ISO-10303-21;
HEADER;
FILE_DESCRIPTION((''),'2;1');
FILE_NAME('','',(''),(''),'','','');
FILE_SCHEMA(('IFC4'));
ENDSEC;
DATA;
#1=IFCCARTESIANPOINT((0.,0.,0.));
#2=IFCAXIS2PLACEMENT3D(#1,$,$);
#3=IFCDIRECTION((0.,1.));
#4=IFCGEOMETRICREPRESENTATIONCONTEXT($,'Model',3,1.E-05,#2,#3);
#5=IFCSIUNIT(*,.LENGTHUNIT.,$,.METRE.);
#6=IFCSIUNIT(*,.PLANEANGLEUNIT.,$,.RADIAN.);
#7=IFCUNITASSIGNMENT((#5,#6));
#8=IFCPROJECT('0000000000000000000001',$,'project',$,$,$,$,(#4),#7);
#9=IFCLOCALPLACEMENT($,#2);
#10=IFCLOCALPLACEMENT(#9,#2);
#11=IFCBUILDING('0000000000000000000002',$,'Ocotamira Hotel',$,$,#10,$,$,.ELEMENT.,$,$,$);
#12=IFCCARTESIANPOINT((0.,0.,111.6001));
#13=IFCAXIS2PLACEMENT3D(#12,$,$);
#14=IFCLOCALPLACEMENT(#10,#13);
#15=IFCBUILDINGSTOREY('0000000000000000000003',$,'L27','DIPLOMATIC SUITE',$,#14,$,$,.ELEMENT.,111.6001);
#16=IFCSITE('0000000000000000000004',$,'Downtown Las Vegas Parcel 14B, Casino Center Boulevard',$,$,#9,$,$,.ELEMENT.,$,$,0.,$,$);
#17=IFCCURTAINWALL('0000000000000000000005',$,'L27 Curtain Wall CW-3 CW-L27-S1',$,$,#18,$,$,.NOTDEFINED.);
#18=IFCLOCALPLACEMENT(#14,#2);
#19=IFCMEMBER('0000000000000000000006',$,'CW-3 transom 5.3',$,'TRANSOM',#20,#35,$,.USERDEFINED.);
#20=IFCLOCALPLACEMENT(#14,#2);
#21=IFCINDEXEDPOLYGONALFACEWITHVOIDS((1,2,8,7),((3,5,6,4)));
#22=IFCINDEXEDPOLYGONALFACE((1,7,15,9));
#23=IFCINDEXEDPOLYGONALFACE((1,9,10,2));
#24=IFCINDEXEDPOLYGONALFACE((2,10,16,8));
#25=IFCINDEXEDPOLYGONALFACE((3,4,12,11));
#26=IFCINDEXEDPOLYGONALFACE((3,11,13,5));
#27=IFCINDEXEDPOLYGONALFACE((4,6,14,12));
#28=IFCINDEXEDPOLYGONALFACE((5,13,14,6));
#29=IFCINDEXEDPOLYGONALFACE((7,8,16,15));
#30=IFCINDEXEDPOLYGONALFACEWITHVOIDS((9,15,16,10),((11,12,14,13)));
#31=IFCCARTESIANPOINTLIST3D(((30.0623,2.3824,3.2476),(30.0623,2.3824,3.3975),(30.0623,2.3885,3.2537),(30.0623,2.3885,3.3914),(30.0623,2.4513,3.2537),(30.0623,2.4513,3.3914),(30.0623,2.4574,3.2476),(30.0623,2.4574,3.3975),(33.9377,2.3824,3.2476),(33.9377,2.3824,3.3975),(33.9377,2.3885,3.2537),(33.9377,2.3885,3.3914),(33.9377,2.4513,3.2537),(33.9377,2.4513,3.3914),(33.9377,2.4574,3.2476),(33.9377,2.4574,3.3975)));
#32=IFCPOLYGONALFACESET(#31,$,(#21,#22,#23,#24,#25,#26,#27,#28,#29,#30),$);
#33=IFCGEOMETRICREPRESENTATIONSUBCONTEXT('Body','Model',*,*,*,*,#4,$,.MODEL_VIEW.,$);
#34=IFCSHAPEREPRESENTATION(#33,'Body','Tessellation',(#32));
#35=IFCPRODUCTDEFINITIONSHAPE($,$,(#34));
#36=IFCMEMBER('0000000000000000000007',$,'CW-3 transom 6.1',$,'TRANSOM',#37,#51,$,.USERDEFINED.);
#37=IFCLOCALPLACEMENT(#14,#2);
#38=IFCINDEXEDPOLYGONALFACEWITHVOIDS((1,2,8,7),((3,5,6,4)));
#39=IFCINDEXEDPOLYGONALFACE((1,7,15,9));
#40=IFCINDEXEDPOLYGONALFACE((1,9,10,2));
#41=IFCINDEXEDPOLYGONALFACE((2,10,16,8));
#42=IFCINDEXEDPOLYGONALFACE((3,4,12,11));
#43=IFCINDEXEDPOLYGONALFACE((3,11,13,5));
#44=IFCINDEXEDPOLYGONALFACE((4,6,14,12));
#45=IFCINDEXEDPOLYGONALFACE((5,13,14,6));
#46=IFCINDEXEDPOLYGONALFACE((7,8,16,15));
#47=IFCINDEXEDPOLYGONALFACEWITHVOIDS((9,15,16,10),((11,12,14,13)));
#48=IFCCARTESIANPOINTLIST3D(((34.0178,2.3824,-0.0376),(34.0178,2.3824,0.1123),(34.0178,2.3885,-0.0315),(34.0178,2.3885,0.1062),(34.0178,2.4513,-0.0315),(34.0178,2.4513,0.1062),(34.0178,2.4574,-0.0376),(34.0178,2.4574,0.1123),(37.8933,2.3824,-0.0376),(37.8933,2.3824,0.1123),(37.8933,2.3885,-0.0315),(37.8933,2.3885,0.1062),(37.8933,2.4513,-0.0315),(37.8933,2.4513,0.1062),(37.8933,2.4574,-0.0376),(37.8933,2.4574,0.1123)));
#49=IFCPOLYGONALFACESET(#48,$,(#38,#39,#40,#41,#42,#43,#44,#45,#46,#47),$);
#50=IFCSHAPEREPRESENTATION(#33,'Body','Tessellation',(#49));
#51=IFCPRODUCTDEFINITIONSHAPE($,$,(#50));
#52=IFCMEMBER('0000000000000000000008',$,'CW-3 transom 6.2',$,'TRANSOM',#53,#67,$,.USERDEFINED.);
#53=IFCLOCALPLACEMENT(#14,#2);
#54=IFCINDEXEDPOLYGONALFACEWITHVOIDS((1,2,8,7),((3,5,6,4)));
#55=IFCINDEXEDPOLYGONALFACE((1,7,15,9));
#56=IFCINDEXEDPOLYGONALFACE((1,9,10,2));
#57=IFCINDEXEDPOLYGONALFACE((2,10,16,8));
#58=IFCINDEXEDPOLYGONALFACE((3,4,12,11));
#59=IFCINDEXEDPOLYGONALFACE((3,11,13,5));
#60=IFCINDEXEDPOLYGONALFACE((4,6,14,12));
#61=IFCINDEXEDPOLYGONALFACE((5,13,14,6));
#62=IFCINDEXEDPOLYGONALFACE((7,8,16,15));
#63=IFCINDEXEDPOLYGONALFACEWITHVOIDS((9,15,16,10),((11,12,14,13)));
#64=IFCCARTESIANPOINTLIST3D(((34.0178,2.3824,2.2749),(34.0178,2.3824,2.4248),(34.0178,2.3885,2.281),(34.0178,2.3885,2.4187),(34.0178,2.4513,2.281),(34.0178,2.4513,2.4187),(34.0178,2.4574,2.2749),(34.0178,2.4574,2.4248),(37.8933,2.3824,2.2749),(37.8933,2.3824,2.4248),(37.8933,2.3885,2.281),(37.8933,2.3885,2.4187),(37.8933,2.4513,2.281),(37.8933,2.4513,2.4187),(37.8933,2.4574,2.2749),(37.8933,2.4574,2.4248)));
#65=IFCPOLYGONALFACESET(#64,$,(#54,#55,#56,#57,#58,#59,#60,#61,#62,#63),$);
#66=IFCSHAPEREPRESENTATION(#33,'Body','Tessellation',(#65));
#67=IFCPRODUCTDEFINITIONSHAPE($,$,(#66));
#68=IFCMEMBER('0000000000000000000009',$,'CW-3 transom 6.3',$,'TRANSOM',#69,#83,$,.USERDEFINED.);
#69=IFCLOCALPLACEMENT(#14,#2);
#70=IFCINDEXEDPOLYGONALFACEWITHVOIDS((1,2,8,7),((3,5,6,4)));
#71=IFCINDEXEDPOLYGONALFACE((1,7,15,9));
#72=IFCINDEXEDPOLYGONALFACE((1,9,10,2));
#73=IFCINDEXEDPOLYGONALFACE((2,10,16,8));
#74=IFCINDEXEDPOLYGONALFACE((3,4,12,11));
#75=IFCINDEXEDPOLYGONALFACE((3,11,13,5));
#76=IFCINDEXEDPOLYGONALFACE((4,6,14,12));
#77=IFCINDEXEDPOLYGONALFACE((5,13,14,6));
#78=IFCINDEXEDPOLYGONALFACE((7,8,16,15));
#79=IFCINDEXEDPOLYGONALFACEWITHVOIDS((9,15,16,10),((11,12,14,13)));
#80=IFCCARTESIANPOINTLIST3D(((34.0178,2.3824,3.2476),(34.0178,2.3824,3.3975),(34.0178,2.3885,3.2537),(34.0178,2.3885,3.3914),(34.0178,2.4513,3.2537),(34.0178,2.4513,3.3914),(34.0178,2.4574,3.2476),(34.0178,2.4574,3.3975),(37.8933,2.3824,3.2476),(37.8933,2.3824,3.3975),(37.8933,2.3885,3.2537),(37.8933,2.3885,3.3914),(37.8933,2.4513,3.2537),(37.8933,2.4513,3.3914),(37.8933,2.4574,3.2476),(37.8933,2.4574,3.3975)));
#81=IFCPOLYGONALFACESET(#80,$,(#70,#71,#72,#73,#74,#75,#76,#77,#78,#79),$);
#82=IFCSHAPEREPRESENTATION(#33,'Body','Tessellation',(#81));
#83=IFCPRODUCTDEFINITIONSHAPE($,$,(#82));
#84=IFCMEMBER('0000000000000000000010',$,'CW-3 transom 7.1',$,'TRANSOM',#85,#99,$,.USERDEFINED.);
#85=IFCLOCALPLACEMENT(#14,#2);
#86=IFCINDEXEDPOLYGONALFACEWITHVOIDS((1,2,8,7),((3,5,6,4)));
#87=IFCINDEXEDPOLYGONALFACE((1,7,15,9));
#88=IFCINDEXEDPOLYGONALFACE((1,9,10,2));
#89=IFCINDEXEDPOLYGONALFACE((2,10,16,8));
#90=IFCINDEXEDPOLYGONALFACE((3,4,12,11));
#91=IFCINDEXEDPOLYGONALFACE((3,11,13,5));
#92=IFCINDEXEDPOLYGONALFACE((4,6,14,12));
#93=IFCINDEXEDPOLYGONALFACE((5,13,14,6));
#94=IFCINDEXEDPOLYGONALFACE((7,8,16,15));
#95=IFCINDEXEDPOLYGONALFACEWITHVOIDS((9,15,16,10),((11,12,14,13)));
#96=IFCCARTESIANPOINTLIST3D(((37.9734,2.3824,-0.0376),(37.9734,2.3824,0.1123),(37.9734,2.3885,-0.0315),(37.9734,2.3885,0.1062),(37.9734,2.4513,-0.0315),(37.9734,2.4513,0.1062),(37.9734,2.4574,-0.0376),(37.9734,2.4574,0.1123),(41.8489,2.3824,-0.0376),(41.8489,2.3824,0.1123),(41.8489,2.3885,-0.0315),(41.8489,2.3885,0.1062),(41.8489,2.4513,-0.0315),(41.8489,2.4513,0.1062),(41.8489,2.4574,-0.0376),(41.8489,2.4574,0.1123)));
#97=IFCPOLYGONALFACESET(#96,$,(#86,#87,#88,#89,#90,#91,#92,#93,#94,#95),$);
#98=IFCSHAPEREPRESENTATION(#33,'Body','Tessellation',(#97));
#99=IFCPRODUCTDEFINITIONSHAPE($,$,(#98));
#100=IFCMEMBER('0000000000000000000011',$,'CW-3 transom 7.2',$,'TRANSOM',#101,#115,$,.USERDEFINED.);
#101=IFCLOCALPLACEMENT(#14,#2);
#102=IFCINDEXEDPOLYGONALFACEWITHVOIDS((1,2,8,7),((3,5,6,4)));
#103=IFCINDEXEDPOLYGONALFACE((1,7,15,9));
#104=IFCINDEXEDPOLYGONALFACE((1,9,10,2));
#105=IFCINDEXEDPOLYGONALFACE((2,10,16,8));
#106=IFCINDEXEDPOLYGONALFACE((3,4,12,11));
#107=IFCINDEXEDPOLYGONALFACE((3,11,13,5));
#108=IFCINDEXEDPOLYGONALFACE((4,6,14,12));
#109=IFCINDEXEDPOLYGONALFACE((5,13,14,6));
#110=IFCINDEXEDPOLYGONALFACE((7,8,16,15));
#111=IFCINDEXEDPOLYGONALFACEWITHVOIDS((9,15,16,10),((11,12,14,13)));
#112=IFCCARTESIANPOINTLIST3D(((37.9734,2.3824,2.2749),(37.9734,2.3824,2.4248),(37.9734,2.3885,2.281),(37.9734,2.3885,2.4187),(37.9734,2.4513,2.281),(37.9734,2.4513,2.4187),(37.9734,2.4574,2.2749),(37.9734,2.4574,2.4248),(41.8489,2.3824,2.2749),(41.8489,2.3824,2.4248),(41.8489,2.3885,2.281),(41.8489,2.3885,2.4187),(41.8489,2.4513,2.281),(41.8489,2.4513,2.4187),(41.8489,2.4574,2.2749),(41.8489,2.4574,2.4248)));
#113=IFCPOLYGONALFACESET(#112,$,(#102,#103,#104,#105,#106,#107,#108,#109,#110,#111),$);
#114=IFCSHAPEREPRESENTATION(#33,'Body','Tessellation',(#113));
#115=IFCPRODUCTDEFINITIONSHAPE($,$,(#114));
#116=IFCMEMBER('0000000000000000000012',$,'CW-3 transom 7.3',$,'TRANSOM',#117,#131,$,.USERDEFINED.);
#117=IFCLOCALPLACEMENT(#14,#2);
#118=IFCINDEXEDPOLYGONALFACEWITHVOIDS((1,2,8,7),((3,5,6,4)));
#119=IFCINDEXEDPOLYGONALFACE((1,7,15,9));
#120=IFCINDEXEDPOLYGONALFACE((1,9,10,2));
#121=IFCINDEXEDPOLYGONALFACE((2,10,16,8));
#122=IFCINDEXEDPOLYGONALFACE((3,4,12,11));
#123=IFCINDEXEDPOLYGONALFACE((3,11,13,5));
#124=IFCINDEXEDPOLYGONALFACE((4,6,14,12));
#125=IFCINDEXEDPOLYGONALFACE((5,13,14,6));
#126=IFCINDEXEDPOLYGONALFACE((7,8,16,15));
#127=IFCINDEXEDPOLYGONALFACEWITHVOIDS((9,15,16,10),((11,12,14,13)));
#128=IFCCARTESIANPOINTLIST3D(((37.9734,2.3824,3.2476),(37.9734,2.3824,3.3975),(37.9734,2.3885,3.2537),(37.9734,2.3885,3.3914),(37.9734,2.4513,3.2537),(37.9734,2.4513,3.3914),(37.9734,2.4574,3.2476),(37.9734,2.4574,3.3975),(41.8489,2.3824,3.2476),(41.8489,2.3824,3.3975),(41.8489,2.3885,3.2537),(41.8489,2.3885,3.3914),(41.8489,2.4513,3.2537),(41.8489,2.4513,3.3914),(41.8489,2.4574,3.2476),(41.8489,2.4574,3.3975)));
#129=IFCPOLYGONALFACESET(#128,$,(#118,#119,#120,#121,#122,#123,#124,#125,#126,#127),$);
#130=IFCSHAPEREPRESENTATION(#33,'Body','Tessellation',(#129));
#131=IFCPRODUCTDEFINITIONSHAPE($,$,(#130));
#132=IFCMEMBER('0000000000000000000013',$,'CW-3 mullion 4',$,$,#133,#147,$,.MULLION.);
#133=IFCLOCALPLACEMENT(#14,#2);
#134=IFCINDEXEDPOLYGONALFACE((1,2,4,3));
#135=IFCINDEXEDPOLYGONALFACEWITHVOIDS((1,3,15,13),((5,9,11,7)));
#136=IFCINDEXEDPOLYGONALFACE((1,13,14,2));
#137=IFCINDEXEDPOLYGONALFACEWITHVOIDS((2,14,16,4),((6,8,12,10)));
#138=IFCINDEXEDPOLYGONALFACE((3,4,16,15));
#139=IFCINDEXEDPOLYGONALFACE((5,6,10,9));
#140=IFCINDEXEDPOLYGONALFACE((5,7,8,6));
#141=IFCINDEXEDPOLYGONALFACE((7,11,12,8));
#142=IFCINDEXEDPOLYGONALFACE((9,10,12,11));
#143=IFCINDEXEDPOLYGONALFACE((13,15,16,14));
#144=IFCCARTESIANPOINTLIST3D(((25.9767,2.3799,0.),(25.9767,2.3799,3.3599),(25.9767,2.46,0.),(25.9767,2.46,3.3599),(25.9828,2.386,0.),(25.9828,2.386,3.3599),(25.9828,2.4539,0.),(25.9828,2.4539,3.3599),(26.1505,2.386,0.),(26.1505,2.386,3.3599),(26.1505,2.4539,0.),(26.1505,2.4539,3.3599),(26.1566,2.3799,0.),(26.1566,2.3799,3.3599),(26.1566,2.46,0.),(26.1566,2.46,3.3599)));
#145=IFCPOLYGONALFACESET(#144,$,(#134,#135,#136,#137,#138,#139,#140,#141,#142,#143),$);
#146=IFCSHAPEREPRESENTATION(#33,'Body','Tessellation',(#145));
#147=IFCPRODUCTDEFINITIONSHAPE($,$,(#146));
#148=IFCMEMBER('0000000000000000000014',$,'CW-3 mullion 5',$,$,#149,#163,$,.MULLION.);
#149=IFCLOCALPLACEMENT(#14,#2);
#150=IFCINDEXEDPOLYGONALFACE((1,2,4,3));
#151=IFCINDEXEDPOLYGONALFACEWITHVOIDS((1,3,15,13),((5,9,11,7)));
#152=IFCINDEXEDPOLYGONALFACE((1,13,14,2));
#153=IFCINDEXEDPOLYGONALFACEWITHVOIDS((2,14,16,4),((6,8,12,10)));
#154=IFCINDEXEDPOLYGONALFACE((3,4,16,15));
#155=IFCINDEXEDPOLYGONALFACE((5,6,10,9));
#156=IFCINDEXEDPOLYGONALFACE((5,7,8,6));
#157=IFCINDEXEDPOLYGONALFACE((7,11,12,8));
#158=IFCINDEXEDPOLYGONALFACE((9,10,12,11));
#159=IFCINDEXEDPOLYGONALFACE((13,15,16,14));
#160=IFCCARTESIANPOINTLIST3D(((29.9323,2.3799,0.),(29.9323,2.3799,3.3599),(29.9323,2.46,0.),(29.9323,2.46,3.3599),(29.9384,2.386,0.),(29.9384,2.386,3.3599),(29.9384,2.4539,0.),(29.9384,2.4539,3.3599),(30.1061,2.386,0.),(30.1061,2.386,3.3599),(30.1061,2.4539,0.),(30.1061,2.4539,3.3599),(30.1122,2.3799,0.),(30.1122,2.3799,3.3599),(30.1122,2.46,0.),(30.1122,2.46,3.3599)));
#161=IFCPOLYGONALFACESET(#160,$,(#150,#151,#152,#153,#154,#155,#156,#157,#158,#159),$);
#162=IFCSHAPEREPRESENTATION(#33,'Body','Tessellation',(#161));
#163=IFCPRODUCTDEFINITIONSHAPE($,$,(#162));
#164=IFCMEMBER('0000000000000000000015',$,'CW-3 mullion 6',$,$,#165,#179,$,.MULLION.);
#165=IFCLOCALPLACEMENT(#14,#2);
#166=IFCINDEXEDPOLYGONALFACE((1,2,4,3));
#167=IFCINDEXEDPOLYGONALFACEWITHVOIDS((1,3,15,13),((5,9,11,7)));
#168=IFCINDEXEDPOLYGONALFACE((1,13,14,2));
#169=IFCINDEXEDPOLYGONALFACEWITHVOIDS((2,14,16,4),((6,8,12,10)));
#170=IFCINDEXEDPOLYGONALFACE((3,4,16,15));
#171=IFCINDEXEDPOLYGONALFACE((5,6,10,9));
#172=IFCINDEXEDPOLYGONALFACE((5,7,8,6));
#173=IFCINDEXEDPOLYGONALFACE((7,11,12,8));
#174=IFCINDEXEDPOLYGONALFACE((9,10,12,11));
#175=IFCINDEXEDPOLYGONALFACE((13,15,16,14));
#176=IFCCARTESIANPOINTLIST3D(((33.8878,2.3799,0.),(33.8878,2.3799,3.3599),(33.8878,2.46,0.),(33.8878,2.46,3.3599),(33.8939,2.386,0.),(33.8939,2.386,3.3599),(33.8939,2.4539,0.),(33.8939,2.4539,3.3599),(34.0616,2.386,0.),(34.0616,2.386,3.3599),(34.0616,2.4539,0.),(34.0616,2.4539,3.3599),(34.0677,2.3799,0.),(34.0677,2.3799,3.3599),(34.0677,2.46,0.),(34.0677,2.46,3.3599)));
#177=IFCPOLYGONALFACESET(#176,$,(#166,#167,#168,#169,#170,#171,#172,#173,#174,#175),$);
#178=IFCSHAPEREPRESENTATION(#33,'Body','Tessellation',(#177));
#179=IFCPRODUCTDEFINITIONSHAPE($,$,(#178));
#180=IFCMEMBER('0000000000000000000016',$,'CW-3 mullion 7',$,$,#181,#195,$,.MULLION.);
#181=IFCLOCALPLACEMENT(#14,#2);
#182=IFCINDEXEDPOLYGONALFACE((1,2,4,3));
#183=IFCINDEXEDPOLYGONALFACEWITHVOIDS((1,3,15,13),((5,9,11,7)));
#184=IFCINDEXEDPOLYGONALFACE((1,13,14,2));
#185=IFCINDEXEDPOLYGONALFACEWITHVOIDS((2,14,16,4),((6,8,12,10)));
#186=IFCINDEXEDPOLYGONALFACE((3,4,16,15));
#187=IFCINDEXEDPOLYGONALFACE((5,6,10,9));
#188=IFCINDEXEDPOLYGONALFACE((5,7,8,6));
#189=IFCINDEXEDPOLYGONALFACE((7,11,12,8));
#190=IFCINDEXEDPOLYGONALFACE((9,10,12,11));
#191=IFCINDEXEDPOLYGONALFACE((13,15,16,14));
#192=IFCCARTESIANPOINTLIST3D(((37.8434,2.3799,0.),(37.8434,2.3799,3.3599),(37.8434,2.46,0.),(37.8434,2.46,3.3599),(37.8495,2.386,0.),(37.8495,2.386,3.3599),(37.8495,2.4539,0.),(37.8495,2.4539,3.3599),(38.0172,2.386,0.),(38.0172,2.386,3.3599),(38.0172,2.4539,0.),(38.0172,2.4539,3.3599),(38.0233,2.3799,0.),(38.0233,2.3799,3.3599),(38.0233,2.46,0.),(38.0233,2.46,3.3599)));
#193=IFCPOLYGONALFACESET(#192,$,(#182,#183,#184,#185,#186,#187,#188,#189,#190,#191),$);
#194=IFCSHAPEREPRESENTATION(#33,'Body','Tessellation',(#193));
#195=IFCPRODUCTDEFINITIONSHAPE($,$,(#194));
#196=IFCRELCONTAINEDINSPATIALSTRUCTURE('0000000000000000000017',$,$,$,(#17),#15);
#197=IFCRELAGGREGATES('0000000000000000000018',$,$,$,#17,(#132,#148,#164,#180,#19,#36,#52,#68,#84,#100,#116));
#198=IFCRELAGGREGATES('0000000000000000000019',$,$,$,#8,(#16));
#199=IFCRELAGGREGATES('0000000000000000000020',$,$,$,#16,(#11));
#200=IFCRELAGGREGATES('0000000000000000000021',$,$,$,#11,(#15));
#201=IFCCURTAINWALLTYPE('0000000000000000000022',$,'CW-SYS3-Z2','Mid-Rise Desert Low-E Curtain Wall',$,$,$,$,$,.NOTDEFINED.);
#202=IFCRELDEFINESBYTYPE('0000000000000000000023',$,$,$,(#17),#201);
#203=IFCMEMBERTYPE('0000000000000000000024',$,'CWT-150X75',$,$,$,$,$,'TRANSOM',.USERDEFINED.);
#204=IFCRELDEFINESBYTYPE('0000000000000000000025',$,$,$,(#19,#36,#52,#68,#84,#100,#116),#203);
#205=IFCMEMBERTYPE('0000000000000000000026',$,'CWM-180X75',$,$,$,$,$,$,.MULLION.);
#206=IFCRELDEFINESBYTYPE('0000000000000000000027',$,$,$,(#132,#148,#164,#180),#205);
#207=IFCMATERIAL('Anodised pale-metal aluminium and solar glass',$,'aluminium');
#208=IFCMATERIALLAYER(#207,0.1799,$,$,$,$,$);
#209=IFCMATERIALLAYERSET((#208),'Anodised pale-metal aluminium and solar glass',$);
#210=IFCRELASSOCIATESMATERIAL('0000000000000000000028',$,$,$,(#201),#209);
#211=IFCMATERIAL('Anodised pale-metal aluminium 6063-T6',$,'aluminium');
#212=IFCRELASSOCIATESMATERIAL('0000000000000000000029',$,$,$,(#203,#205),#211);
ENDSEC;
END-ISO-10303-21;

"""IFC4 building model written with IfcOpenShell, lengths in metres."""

from ifc_helpers import new_model, si_unit, direction, frame, origin, origin_2d, place, context, subcontext, project, spatial, hollow_rectangle, extrude, source, transform, mapped, material, layer, layer_set, material_profile, profile_set, type_object, element, aggregate, save


model = new_model("IFC4")

# Units and contexts
model_context = context("Model", 3, precision=1e-05, world=origin(), true_north=direction((0.0, 1.0)))
body_context = subcontext(model_context, "Body", "Model", "MODEL_VIEW")
ifc_project = project(units=[si_unit("LENGTHUNIT", "METRE"), si_unit("PLANEANGLEUNIT", "RADIAN")], contexts=[model_context])

# Site, building, storey
site_placement = place(None, origin())
site = spatial("IfcSite", under=ifc_project, at=site_placement, Name="Downtown Las Vegas Parcel 14B, Casino Center Boulevard", CompositionType="ELEMENT", RefElevation=0.0)
building_placement = place(site_placement, origin())
building = spatial("IfcBuilding", under=site, at=building_placement, Name="Ocotamira Hotel", CompositionType="ELEMENT")
storey_placement = place(building_placement, frame((0.0, 0.0, 111.6001)))
storey = spatial("IfcBuildingStorey", under=building, at=storey_placement, Name="L27", Description="DIPLOMATIC SUITE", CompositionType="ELEMENT", Elevation=111.6001)

# Curtain wall, members
ifc_material_1 = material(Name="Anodised pale-metal aluminium and solar glass", Category="aluminium")
ifc_layer_1 = layer(ifc_material_1, 0.1799)
ifc_layer_set_1 = layer_set([ifc_layer_1], Name="Anodised pale-metal aluminium and solar glass")
curtain_wall_type = type_object("IfcCurtainWallType", Name="CW-SYS3-Z2", Description="Mid-Rise Desert Low-E Curtain Wall", PredefinedType="NOTDEFINED", material=ifc_layer_set_1)
curtain_wall_placement = place(storey_placement, origin())
curtain_wall = element("IfcCurtainWall", 1, at=curtain_wall_placement, inside=storey, type_object=curtain_wall_type, Name="L27 Curtain Wall CW-3 CW-L27-S1", PredefinedType="NOTDEFINED")
ifc_material_2 = material(Name="Anodised pale-metal aluminium 6063-T6", Category="aluminium")
ifc_material_profile_1 = material_profile(ifc_material_2, hollow_rectangle(XDim=0.075, YDim=0.1499, WallThickness=0.0061, at=origin_2d()), Name="HSS150X75X6")
ifc_profile_set_1 = profile_set([ifc_material_profile_1], Name="Anodised pale-metal aluminium 6063-T6")
member_type_1 = type_object("IfcMemberType", Name="CWT-150X75", ElementType="TRANSOM", PredefinedType="USERDEFINED", material=ifc_profile_set_1)
shared_shape_1 = source(origin(), body_context, "Body", "SweptSolid", [
    extrude(hollow_rectangle(XDim=0.075, YDim=0.1499, WallThickness=0.0061, at=origin_2d()), origin(), (0.0, 0.0, 1.0), 3.8755),
])
member_1_placement = place(storey_placement, frame((30.0623, 2.4199, 3.3225), z_axis=(1.0, 0.0, 0.0), x_axis=(0.0, 1.0, 0.0)))
member_1 = element("IfcMember", 2, at=member_1_placement, type_object=member_type_1, Name="CW-3 transom 5.3", ObjectType="TRANSOM", PredefinedType="USERDEFINED", context=body_context, shape_type="MappedRepresentation", body=[
    mapped(shared_shape_1, transform((0.0, 0.0, 0.0), scale=1.0)),
])
member_2_placement = place(storey_placement, frame((34.0178, 2.4199, 0.0374), z_axis=(1.0, 0.0, 0.0), x_axis=(0.0, 1.0, 0.0)))
member_2 = element("IfcMember", 3, at=member_2_placement, type_object=member_type_1, Name="CW-3 transom 6.1", ObjectType="TRANSOM", PredefinedType="USERDEFINED", context=body_context, shape_type="MappedRepresentation", body=[
    mapped(shared_shape_1, transform((0.0, 0.0, 0.0), scale=1.0)),
])
member_3_placement = place(storey_placement, frame((34.0178, 2.4199, 2.3499), z_axis=(1.0, 0.0, 0.0), x_axis=(0.0, 1.0, 0.0)))
member_3 = element("IfcMember", 4, at=member_3_placement, type_object=member_type_1, Name="CW-3 transom 6.2", ObjectType="TRANSOM", PredefinedType="USERDEFINED", context=body_context, shape_type="MappedRepresentation", body=[
    mapped(shared_shape_1, transform((0.0, 0.0, 0.0), scale=1.0)),
])
member_4_placement = place(storey_placement, frame((34.0178, 2.4199, 3.3225), z_axis=(1.0, 0.0, 0.0), x_axis=(0.0, 1.0, 0.0)))
member_4 = element("IfcMember", 5, at=member_4_placement, type_object=member_type_1, Name="CW-3 transom 6.3", ObjectType="TRANSOM", PredefinedType="USERDEFINED", context=body_context, shape_type="MappedRepresentation", body=[
    mapped(shared_shape_1, transform((0.0, 0.0, 0.0), scale=1.0)),
])
member_5_placement = place(storey_placement, frame((37.9734, 2.4199, 0.0374), z_axis=(1.0, 0.0, 0.0), x_axis=(0.0, 1.0, 0.0)))
member_5 = element("IfcMember", 6, at=member_5_placement, type_object=member_type_1, Name="CW-3 transom 7.1", ObjectType="TRANSOM", PredefinedType="USERDEFINED", context=body_context, shape_type="MappedRepresentation", body=[
    mapped(shared_shape_1, transform((0.0, 0.0, 0.0), scale=1.0)),
])
member_6_placement = place(storey_placement, frame((37.9734, 2.4199, 2.3499), z_axis=(1.0, 0.0, 0.0), x_axis=(0.0, 1.0, 0.0)))
member_6 = element("IfcMember", 7, at=member_6_placement, type_object=member_type_1, Name="CW-3 transom 7.2", ObjectType="TRANSOM", PredefinedType="USERDEFINED", context=body_context, shape_type="MappedRepresentation", body=[
    mapped(shared_shape_1, transform((0.0, 0.0, 0.0), scale=1.0)),
])
member_7_placement = place(storey_placement, frame((37.9734, 2.4199, 3.3225), z_axis=(1.0, 0.0, 0.0), x_axis=(0.0, 1.0, 0.0)))
member_7 = element("IfcMember", 8, at=member_7_placement, type_object=member_type_1, Name="CW-3 transom 7.3", ObjectType="TRANSOM", PredefinedType="USERDEFINED", context=body_context, shape_type="MappedRepresentation", body=[
    mapped(shared_shape_1, transform((0.0, 0.0, 0.0), scale=1.0)),
])
ifc_material_profile_2 = material_profile(ifc_material_2, hollow_rectangle(XDim=0.0801, YDim=0.1799, WallThickness=0.0061, at=origin_2d()), Name="HSS180X80X6")
ifc_profile_set_2 = profile_set([ifc_material_profile_2], Name="Anodised pale-metal aluminium 6063-T6")
member_type_2 = type_object("IfcMemberType", Name="CWM-180X75", PredefinedType="MULLION", material=ifc_profile_set_2)
shared_shape_2 = source(origin(), body_context, "Body", "SweptSolid", [
    extrude(hollow_rectangle(XDim=0.0801, YDim=0.1799, WallThickness=0.0061, at=origin_2d()), origin(), (0.0, 0.0, 1.0), 3.3599),
])
member_8_placement = place(storey_placement, frame((26.0667, 2.4199, 0.0), z_axis=(0.0, 0.0, 1.0), x_axis=(0.0, 1.0, 0.0)))
member_8 = element("IfcMember", 9, at=member_8_placement, type_object=member_type_2, Name="CW-3 mullion 4", PredefinedType="MULLION", context=body_context, shape_type="MappedRepresentation", body=[
    mapped(shared_shape_2, transform((0.0, 0.0, 0.0), scale=1.0)),
])
member_9_placement = place(storey_placement, frame((30.0222, 2.4199, 0.0), z_axis=(0.0, 0.0, 1.0), x_axis=(0.0, 1.0, 0.0)))
member_9 = element("IfcMember", 10, at=member_9_placement, type_object=member_type_2, Name="CW-3 mullion 5", PredefinedType="MULLION", context=body_context, shape_type="MappedRepresentation", body=[
    mapped(shared_shape_2, transform((0.0, 0.0, 0.0), scale=1.0)),
])
member_10_placement = place(storey_placement, frame((33.9778, 2.4199, 0.0), z_axis=(0.0, 0.0, 1.0), x_axis=(0.0, 1.0, 0.0)))
member_10 = element("IfcMember", 11, at=member_10_placement, type_object=member_type_2, Name="CW-3 mullion 6", PredefinedType="MULLION", context=body_context, shape_type="MappedRepresentation", body=[
    mapped(shared_shape_2, transform((0.0, 0.0, 0.0), scale=1.0)),
])
member_11_placement = place(storey_placement, frame((37.9333, 2.4199, 0.0), z_axis=(0.0, 0.0, 1.0), x_axis=(0.0, 1.0, 0.0)))
member_11 = element("IfcMember", 12, at=member_11_placement, type_object=member_type_2, Name="CW-3 mullion 7", PredefinedType="MULLION", context=body_context, shape_type="MappedRepresentation", body=[
    mapped(shared_shape_2, transform((0.0, 0.0, 0.0), scale=1.0)),
])

aggregate(curtain_wall, [member_8, member_9, member_10, member_11, member_1, member_2, member_3, member_4, member_5, member_6, member_7])

save(model, "model.ifc")
